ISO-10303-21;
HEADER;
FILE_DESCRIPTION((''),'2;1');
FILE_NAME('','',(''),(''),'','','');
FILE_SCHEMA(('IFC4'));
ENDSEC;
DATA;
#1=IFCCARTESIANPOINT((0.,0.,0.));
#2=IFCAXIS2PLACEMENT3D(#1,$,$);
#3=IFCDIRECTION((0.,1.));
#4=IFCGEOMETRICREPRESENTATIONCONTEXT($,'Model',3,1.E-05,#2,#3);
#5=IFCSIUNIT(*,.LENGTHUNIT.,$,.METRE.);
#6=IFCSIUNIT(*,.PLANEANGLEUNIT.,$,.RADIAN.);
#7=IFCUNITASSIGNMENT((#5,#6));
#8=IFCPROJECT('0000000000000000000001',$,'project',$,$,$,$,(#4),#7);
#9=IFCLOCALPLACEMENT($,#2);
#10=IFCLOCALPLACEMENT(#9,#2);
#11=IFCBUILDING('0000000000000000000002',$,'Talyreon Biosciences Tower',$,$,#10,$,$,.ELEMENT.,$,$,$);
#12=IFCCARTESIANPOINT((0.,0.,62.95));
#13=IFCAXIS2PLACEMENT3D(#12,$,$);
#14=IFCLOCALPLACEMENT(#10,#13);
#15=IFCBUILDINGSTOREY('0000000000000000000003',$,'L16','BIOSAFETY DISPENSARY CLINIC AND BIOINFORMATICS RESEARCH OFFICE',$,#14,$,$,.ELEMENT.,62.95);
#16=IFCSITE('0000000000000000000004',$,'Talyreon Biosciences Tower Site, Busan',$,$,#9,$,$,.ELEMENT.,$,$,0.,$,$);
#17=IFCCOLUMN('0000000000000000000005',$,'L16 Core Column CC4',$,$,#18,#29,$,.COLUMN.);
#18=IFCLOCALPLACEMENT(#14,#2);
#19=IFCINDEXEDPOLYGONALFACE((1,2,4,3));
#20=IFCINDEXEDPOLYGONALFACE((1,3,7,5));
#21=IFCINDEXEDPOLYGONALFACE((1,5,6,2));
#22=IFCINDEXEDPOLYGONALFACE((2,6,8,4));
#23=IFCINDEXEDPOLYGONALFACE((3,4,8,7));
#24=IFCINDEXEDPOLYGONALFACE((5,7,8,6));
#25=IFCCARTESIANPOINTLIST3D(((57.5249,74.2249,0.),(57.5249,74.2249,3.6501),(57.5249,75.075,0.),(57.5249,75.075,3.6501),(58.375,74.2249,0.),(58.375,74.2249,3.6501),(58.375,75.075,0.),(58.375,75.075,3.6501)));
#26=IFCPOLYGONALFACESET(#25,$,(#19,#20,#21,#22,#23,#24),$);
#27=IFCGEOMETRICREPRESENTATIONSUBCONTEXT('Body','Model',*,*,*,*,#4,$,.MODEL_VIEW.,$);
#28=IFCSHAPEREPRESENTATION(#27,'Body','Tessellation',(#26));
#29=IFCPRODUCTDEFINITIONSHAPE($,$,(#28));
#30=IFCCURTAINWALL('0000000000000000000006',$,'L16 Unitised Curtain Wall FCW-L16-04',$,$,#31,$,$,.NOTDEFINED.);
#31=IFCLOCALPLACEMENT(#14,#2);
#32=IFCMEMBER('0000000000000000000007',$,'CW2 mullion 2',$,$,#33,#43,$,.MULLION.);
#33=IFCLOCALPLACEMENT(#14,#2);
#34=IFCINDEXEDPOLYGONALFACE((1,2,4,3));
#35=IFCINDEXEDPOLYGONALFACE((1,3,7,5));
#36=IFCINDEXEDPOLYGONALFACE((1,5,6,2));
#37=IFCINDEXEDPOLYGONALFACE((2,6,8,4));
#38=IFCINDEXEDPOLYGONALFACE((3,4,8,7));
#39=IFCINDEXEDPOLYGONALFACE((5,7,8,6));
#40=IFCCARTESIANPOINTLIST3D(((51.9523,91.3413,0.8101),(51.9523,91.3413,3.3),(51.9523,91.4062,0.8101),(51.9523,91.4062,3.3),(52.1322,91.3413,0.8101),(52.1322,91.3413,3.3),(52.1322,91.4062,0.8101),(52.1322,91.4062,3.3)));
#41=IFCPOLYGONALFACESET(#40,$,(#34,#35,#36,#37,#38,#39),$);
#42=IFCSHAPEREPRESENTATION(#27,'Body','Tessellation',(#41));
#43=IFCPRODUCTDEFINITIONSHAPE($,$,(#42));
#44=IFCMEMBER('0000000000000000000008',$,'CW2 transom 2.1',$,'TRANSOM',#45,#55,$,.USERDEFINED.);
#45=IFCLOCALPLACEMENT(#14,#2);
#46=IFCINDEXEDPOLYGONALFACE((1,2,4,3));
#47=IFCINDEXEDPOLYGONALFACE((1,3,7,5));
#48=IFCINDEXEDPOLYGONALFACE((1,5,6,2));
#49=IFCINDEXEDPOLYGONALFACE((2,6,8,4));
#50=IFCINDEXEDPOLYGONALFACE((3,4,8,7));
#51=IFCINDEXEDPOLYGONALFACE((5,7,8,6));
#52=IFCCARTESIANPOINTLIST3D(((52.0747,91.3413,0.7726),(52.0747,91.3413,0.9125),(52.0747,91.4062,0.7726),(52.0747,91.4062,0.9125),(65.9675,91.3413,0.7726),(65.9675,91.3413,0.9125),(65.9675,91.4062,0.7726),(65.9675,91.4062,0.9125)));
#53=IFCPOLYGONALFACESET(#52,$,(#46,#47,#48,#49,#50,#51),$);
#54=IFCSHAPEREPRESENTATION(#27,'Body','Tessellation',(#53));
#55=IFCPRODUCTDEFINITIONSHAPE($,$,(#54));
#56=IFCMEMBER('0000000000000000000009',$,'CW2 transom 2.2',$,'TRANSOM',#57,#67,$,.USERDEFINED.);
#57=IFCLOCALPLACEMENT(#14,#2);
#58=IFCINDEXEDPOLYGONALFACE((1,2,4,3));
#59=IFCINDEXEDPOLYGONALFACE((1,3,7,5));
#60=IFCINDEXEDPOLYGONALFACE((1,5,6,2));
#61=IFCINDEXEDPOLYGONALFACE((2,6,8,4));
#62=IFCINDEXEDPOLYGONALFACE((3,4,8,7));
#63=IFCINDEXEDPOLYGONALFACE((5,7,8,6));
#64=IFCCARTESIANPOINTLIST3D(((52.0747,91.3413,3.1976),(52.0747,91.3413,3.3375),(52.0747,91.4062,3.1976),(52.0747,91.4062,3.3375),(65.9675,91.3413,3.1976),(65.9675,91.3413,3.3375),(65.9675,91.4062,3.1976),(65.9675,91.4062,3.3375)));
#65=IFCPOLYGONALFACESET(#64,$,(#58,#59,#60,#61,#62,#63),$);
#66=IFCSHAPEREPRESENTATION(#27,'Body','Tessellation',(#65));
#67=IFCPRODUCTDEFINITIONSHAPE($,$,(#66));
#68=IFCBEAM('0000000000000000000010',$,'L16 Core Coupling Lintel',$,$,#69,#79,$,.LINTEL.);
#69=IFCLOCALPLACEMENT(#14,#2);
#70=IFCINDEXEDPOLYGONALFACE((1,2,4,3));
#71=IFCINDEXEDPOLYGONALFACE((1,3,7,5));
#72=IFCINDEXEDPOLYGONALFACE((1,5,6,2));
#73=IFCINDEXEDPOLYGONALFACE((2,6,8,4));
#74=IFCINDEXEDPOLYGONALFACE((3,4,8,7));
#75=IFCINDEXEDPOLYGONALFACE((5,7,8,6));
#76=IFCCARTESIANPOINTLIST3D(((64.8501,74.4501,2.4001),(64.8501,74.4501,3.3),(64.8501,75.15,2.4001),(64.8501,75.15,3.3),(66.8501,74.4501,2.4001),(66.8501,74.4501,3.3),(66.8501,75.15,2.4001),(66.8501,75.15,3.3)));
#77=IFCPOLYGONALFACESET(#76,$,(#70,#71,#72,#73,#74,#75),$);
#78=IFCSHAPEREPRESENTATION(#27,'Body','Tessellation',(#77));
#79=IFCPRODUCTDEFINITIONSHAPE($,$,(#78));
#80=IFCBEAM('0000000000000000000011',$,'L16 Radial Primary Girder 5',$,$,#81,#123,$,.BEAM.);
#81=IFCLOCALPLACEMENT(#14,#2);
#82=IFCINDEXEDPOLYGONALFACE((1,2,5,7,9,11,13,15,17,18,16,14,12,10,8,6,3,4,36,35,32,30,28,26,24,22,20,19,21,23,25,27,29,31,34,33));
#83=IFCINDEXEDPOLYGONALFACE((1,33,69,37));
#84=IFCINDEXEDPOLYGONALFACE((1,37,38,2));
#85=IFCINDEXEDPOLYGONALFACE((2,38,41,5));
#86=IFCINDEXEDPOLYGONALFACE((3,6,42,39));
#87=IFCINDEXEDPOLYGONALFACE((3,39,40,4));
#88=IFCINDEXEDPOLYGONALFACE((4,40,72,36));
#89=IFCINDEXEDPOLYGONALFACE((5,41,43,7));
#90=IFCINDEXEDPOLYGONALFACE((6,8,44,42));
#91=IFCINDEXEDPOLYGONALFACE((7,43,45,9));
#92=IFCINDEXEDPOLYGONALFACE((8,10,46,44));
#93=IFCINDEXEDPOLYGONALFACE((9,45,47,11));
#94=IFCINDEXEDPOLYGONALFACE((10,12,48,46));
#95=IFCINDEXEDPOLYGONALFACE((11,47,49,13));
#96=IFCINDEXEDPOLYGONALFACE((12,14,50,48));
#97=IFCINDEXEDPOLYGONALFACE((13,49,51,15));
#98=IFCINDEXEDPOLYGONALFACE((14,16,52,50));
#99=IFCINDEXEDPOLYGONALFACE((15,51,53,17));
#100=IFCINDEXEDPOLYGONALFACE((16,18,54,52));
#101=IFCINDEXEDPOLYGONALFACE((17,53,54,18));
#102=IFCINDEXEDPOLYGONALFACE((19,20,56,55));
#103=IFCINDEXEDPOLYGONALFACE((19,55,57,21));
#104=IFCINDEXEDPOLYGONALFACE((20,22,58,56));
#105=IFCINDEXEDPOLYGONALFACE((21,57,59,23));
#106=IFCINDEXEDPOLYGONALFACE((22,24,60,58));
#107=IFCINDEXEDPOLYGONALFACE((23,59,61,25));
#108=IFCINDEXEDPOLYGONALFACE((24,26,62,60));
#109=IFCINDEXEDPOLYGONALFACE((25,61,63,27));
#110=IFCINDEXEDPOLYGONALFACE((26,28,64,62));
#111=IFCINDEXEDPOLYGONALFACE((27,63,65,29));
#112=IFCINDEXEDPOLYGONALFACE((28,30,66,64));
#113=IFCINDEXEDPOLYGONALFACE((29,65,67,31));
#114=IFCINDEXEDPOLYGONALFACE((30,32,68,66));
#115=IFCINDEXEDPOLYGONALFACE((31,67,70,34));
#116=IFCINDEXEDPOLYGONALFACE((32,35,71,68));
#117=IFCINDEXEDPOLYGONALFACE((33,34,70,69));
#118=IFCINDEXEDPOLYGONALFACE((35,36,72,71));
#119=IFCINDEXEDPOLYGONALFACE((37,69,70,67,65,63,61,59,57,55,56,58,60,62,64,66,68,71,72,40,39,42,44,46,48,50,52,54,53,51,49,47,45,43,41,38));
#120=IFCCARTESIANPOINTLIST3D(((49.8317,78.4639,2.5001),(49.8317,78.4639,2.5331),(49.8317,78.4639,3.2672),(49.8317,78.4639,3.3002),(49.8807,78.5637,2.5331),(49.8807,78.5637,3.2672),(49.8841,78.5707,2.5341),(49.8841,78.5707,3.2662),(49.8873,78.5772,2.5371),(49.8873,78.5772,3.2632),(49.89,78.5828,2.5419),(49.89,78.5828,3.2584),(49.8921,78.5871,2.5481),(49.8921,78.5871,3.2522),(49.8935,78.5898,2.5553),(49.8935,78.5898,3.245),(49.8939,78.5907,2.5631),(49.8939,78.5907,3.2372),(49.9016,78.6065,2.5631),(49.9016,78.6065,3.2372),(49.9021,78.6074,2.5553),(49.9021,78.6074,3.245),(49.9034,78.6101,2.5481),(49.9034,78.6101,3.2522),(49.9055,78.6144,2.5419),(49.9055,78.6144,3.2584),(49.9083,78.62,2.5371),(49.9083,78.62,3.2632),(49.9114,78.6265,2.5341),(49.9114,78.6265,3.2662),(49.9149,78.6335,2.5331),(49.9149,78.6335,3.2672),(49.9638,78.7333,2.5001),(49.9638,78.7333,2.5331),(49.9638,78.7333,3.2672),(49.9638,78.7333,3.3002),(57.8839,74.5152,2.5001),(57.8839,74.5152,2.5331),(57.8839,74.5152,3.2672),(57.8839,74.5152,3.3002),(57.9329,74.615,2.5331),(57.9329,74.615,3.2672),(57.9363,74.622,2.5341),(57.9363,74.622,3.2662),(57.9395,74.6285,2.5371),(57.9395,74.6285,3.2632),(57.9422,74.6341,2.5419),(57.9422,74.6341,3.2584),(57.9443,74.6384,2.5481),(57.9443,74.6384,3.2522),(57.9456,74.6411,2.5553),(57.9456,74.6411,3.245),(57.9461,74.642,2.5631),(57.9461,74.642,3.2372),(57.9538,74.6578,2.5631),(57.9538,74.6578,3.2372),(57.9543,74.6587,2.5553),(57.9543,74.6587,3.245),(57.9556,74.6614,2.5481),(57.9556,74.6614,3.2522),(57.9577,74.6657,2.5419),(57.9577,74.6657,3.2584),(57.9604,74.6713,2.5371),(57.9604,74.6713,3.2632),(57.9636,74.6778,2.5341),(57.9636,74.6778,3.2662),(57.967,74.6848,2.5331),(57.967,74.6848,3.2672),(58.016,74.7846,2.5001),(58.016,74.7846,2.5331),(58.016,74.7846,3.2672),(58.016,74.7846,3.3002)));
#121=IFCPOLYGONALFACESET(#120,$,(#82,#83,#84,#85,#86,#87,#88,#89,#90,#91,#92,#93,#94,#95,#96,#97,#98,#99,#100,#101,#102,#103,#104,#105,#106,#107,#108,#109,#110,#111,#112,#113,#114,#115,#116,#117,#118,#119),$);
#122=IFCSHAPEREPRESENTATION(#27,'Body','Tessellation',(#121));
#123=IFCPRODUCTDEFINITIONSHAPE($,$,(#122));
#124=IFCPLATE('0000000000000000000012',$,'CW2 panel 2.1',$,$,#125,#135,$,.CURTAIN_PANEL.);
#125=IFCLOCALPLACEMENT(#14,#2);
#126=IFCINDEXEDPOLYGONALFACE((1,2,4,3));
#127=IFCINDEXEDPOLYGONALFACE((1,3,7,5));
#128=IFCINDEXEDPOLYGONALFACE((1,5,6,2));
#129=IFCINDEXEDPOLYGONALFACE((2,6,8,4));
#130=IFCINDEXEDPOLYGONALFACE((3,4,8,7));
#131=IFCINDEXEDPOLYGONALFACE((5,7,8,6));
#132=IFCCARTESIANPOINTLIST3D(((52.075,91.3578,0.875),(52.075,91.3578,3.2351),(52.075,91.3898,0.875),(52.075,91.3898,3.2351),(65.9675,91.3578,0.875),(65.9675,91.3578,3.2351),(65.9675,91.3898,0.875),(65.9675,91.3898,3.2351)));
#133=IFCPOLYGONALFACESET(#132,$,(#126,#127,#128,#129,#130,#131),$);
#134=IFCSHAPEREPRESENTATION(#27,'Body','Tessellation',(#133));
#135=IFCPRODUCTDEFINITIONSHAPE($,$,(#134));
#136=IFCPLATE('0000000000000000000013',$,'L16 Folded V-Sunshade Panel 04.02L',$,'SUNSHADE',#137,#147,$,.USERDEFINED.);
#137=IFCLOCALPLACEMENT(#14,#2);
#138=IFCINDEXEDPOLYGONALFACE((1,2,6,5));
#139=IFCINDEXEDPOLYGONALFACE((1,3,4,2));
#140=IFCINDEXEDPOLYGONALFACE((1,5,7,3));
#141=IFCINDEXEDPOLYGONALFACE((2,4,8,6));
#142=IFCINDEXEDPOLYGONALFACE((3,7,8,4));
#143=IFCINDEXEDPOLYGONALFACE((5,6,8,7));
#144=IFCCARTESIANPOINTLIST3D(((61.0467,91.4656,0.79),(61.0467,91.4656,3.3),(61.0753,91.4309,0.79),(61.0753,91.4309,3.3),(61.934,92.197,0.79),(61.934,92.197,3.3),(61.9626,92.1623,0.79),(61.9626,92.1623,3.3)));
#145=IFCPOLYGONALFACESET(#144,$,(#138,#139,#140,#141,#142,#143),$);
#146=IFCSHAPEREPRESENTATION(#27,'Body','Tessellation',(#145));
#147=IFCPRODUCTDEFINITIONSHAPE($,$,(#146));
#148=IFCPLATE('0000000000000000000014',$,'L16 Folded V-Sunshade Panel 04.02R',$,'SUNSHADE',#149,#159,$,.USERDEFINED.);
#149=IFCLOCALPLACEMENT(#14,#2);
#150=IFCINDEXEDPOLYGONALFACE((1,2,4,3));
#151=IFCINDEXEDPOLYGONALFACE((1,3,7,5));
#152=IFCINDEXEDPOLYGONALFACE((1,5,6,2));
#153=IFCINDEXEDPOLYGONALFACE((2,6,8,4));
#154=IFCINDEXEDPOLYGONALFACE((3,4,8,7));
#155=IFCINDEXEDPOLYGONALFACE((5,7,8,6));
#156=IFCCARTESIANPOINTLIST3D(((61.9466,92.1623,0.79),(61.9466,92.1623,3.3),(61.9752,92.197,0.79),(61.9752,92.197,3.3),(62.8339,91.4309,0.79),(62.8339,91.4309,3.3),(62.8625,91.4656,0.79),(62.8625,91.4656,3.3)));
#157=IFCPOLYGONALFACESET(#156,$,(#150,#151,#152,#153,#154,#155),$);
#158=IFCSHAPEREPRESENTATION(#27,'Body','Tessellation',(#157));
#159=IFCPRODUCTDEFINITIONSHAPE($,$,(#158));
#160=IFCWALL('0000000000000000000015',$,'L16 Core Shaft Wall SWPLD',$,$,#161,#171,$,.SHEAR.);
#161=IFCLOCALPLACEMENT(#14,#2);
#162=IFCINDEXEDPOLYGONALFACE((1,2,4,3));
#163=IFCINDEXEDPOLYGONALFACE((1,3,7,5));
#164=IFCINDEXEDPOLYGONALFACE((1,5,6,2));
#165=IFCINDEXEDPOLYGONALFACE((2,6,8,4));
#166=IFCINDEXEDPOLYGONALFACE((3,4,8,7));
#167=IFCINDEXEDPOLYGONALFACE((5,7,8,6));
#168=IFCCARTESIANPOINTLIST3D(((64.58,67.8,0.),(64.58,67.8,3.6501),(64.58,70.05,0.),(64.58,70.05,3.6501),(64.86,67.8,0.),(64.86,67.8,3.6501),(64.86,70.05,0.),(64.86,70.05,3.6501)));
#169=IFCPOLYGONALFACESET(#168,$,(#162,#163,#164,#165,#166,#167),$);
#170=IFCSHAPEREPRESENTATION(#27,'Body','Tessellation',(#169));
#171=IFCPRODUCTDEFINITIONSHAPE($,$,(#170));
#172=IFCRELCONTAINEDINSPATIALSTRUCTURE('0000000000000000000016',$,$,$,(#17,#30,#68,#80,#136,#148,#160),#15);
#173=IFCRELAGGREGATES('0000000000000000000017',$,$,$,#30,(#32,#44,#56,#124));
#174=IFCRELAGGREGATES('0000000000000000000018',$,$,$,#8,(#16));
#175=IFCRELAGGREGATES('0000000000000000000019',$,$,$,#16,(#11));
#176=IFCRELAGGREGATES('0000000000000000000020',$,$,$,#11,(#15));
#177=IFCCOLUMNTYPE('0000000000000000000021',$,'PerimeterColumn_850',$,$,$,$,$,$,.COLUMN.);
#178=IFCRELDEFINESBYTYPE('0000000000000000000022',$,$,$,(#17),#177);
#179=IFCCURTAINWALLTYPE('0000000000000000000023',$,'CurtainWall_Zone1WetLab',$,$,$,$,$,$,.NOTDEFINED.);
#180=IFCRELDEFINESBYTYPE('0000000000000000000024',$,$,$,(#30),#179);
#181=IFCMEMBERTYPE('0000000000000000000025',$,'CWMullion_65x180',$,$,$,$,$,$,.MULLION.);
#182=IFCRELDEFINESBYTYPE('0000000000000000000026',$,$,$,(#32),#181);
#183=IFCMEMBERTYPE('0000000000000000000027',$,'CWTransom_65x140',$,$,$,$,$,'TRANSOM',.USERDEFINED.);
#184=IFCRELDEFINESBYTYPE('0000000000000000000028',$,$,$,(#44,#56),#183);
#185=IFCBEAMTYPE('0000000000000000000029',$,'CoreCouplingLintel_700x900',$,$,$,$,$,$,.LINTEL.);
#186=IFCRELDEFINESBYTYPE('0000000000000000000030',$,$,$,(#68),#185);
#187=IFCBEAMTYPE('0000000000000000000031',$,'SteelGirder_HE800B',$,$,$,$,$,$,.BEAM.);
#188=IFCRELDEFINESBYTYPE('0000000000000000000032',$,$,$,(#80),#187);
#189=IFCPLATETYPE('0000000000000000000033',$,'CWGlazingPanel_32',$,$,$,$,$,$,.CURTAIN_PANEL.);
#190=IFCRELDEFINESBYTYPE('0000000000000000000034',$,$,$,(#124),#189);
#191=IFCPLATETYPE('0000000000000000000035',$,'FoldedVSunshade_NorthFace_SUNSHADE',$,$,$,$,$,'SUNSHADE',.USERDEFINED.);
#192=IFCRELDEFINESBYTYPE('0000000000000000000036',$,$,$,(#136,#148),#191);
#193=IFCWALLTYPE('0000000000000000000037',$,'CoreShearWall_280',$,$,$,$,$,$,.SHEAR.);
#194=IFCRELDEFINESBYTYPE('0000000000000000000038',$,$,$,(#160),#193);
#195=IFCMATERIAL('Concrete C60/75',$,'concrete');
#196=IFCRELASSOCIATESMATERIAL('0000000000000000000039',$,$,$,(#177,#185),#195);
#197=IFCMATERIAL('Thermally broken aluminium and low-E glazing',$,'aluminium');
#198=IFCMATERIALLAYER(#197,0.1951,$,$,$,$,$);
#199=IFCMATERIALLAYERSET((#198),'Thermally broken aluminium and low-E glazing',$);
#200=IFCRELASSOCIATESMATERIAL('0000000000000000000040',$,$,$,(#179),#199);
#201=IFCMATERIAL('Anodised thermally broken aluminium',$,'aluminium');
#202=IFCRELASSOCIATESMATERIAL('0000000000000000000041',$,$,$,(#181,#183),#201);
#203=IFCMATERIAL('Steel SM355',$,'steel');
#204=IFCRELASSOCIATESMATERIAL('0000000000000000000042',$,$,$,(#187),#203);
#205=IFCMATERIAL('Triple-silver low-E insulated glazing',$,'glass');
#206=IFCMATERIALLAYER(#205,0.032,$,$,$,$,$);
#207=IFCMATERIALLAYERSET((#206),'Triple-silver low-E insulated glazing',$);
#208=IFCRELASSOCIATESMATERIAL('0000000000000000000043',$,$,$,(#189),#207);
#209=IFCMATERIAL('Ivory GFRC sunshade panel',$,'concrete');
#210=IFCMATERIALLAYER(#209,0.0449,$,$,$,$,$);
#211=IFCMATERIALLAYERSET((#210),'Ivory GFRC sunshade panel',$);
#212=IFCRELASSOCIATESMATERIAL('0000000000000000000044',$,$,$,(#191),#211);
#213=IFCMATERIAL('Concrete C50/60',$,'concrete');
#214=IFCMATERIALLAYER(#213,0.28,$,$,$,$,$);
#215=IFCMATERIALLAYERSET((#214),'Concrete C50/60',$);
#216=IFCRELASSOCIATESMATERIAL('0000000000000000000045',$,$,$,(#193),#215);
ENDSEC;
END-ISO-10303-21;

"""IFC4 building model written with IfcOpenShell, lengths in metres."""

from ifc_helpers import new_model, si_unit, direction, frame, frame_2d, origin, origin_2d, place, context, subcontext, project, spatial, rectangle, i_section, extrude, material, layer, layer_set, material_profile, profile_set, type_object, element, aggregate, save


model = new_model("IFC4")

# Units and contexts
model_context = context("Model", 3, precision=1e-05, world=origin(), true_north=direction((0.0, 1.0)))
body_context = subcontext(model_context, "Body", "Model", "MODEL_VIEW")
ifc_project = project(units=[si_unit("LENGTHUNIT", "METRE"), si_unit("PLANEANGLEUNIT", "RADIAN")], contexts=[model_context])

# Site, building, storey
site_placement = place(None, origin())
site = spatial("IfcSite", under=ifc_project, at=site_placement, Name="Talyreon Biosciences Tower Site, Busan", CompositionType="ELEMENT", RefElevation=0.0)
building_placement = place(site_placement, origin())
building = spatial("IfcBuilding", under=site, at=building_placement, Name="Talyreon Biosciences Tower", CompositionType="ELEMENT")
storey_placement = place(building_placement, frame((0.0, 0.0, 62.95)))
storey = spatial("IfcBuildingStorey", under=building, at=storey_placement, Name="L16", Description="BIOSAFETY DISPENSARY CLINIC AND BIOINFORMATICS RESEARCH OFFICE", CompositionType="ELEMENT", Elevation=62.95)

# Column
ifc_material_1 = material(Name="Concrete C60/75", Category="concrete")
ifc_material_profile_1 = material_profile(ifc_material_1, rectangle(XDim=0.8501, YDim=0.8501, at=origin_2d()), Name="RC 850x850")
ifc_profile_set_1 = profile_set([ifc_material_profile_1], Name="Concrete C60/75")
column_type = type_object("IfcColumnType", Name="PerimeterColumn_850", PredefinedType="COLUMN", material=ifc_profile_set_1)
column_placement = place(storey_placement, frame((57.95, 74.6499, 0.0), z_axis=(0.0, 0.0, 1.0), x_axis=(1.0, 0.0, 0.0)))
element("IfcColumn", 1, at=column_placement, inside=storey, type_object=column_type, Name="L16 Core Column CC4", PredefinedType="COLUMN", context=body_context, shape_type="SweptSolid", body=[
    extrude(rectangle(XDim=0.8501, YDim=0.8501, at=origin_2d()), origin(), (0.0, 0.0, 1.0), 3.6501),
])

# Curtain wall, members
ifc_material_2 = material(Name="Thermally broken aluminium and low-E glazing", Category="aluminium")
ifc_layer_1 = layer(ifc_material_2, 0.1951)
ifc_layer_set_1 = layer_set([ifc_layer_1], Name="Thermally broken aluminium and low-E glazing")
curtain_wall_type = type_object("IfcCurtainWallType", Name="CurtainWall_Zone1WetLab", PredefinedType="NOTDEFINED", material=ifc_layer_set_1)
curtain_wall_placement = place(storey_placement, origin())
curtain_wall = element("IfcCurtainWall", 2, at=curtain_wall_placement, inside=storey, type_object=curtain_wall_type, Name="L16 Unitised Curtain Wall FCW-L16-04", PredefinedType="NOTDEFINED")
ifc_material_3 = material(Name="Anodised thermally broken aluminium", Category="aluminium")
ifc_material_profile_2 = material_profile(ifc_material_3, rectangle(XDim=0.0649, YDim=0.1799, at=origin_2d()), Name="ALUM MULLION 65x180")
ifc_profile_set_2 = profile_set([ifc_material_profile_2], Name="Anodised thermally broken aluminium")
member_type_1 = type_object("IfcMemberType", Name="CWMullion_65x180", PredefinedType="MULLION", material=ifc_profile_set_2)
member_1_placement = place(storey_placement, frame((52.0422, 91.3738, 0.8101), z_axis=(0.0, 0.0, 1.0), x_axis=(0.0, 1.0, 0.0)))
member_1 = element("IfcMember", 3, at=member_1_placement, type_object=member_type_1, Name="CW2 mullion 2", PredefinedType="MULLION", context=body_context, shape_type="SweptSolid", body=[
    extrude(rectangle(XDim=0.0649, YDim=0.1799, at=origin_2d()), origin(), (0.0, 0.0, 1.0), 2.49),
])
ifc_material_profile_3 = material_profile(ifc_material_3, rectangle(XDim=0.0649, YDim=0.1399, at=origin_2d()), Name="ALUM TRANSOM 65x140")
ifc_profile_set_3 = profile_set([ifc_material_profile_3], Name="Anodised thermally broken aluminium")
member_type_2 = type_object("IfcMemberType", Name="CWTransom_65x140", ElementType="TRANSOM", PredefinedType="USERDEFINED", material=ifc_profile_set_3)
member_2_placement = place(storey_placement, frame((52.0747, 91.3738, 0.8425), z_axis=(1.0, 0.0, 0.0), x_axis=(0.0, 1.0, 0.0)))
member_2 = element("IfcMember", 4, at=member_2_placement, type_object=member_type_2, Name="CW2 transom 2.1", ObjectType="TRANSOM", PredefinedType="USERDEFINED", context=body_context, shape_type="SweptSolid", body=[
    extrude(rectangle(XDim=0.0649, YDim=0.1399, at=origin_2d()), origin(), (0.0, 0.0, 1.0), 13.8928),
])
member_3_placement = place(storey_placement, frame((52.0747, 91.3738, 3.2676), z_axis=(1.0, 0.0, 0.0), x_axis=(0.0, 1.0, 0.0)))
member_3 = element("IfcMember", 5, at=member_3_placement, type_object=member_type_2, Name="CW2 transom 2.2", ObjectType="TRANSOM", PredefinedType="USERDEFINED", context=body_context, shape_type="SweptSolid", body=[
    extrude(rectangle(XDim=0.0649, YDim=0.1399, at=origin_2d()), origin(), (0.0, 0.0, 1.0), 13.8928),
])

# Beams
ifc_material_profile_4 = material_profile(ifc_material_1, rectangle(XDim=0.7, YDim=0.8999, at=origin_2d()), Name="RCB 700x900")
ifc_profile_set_4 = profile_set([ifc_material_profile_4], Name="Concrete C60/75")
beam_type_1 = type_object("IfcBeamType", Name="CoreCouplingLintel_700x900", PredefinedType="LINTEL", material=ifc_profile_set_4)
beam_1_placement = place(storey_placement, frame((64.8501, 74.8, 2.8501), z_axis=(1.0, 0.0, 0.0), x_axis=(0.0, 1.0, 0.0)))
element("IfcBeam", 6, at=beam_1_placement, inside=storey, type_object=beam_type_1, Name="L16 Core Coupling Lintel", PredefinedType="LINTEL", context=body_context, shape_type="SweptSolid", body=[
    extrude(rectangle(XDim=0.7, YDim=0.8999, at=origin_2d()), origin(), (0.0, 0.0, 1.0), 2.0),
])
ifc_material_4 = material(Name="Steel SM355", Category="steel")
ifc_material_profile_5 = material_profile(ifc_material_4, i_section(OverallWidth=0.3, OverallDepth=0.8, WebThickness=0.0176, FlangeThickness=0.033, FilletRadius=0.03, at=origin_2d()), Name="HE800B")
ifc_profile_set_5 = profile_set([ifc_material_profile_5], Name="Steel SM355")
beam_type_2 = type_object("IfcBeamType", Name="SteelGirder_HE800B", PredefinedType="BEAM", material=ifc_profile_set_5)
beam_2_placement = place(storey_placement, frame((57.95, 74.6499, 2.9001), z_axis=(-0.897852, 0.440297, 0.0), x_axis=(-0.440297, -0.897852, 0.0)))
element("IfcBeam", 7, at=beam_2_placement, inside=storey, type_object=beam_type_2, Name="L16 Radial Primary Girder 5", PredefinedType="BEAM", context=body_context, shape_type="SweptSolid", body=[
    extrude(i_section(OverallWidth=0.3, OverallDepth=0.8, WebThickness=0.0176, FlangeThickness=0.033, FilletRadius=0.03, at=origin_2d()), origin(), (0.0, 0.0, 1.0), 8.9683),
])

# Plate
ifc_material_5 = material(Name="Triple-silver low-E insulated glazing", Category="glass")
ifc_layer_2 = layer(ifc_material_5, 0.032)
ifc_layer_set_2 = layer_set([ifc_layer_2], Name="Triple-silver low-E insulated glazing")
plate_type_1 = type_object("IfcPlateType", Name="CWGlazingPanel_32", PredefinedType="CURTAIN_PANEL", material=ifc_layer_set_2)
plate_placement = place(storey_placement, frame((59.0212, 91.3738, 0.875), z_axis=(0.0, 0.0, 1.0), x_axis=(1.0, 0.0, 0.0)))
plate = element("IfcPlate", 8, at=plate_placement, type_object=plate_type_1, Name="CW2 panel 2.1", PredefinedType="CURTAIN_PANEL", context=body_context, shape_type="SweptSolid", body=[
    extrude(rectangle(XDim=13.8926, YDim=0.032, at=origin_2d()), origin(), (0.0, 0.0, 1.0), 2.3601),
])
aggregate(curtain_wall, [member_1, member_2, member_3, plate])

# Plates
ifc_material_6 = material(Name="Ivory GFRC sunshade panel", Category="concrete")
ifc_layer_3 = layer(ifc_material_6, 0.0449)
ifc_layer_set_3 = layer_set([ifc_layer_3], Name="Ivory GFRC sunshade panel")
plate_type_2 = type_object("IfcPlateType", Name="FoldedVSunshade_NorthFace_SUNSHADE", ElementType="SUNSHADE", PredefinedType="USERDEFINED", material=ifc_layer_set_3)
for number, where, z_axis, x_axis, name in (
    (9, (61.5046, 91.814, 0.79), (0.0, 0.0, 1.0), (0.771625, 0.636078, 0.0), "L16 Folded V-Sunshade Panel 04.02L"),
    (10, (62.4045, 91.814, 0.79), (0.0, 0.0, 1.0), (0.771625, -0.636078, 0.0), "L16 Folded V-Sunshade Panel 04.02R"),
):
    element("IfcPlate", number, at=place(storey_placement, frame(where, z_axis=z_axis, x_axis=x_axis)), inside=storey, type_object=plate_type_2, Name=name, ObjectType="SUNSHADE", PredefinedType="USERDEFINED", context=body_context, shape_type="SweptSolid", body=[
        extrude(rectangle(XDim=1.1499, YDim=0.0449, at=origin_2d()), origin(), (0.0, 0.0, 1.0), 2.51),
    ])

# Wall
ifc_material_7 = material(Name="Concrete C50/60", Category="concrete")
ifc_layer_4 = layer(ifc_material_7, 0.28)
ifc_layer_set_4 = layer_set([ifc_layer_4], Name="Concrete C50/60")
wall_type_1 = type_object("IfcWallType", Name="CoreShearWall_280", PredefinedType="SHEAR", material=ifc_layer_set_4)
wall_1_placement = place(storey_placement, frame((64.72, 67.8, 0.0), z_axis=(0.0, 0.0, 1.0), x_axis=(0.0, 1.0, 0.0)))
element("IfcWall", 11, at=wall_1_placement, inside=storey, type_object=wall_type_1, Name="L16 Core Shaft Wall SWPLD", PredefinedType="SHEAR", context=body_context, shape_type="SweptSolid", body=[
    extrude(rectangle(XDim=2.25, YDim=0.28, at=frame_2d((1.125, 0.0))), origin(), (0.0, 0.0, 1.0), 3.6501),
])

save(model, "model.ifc")
